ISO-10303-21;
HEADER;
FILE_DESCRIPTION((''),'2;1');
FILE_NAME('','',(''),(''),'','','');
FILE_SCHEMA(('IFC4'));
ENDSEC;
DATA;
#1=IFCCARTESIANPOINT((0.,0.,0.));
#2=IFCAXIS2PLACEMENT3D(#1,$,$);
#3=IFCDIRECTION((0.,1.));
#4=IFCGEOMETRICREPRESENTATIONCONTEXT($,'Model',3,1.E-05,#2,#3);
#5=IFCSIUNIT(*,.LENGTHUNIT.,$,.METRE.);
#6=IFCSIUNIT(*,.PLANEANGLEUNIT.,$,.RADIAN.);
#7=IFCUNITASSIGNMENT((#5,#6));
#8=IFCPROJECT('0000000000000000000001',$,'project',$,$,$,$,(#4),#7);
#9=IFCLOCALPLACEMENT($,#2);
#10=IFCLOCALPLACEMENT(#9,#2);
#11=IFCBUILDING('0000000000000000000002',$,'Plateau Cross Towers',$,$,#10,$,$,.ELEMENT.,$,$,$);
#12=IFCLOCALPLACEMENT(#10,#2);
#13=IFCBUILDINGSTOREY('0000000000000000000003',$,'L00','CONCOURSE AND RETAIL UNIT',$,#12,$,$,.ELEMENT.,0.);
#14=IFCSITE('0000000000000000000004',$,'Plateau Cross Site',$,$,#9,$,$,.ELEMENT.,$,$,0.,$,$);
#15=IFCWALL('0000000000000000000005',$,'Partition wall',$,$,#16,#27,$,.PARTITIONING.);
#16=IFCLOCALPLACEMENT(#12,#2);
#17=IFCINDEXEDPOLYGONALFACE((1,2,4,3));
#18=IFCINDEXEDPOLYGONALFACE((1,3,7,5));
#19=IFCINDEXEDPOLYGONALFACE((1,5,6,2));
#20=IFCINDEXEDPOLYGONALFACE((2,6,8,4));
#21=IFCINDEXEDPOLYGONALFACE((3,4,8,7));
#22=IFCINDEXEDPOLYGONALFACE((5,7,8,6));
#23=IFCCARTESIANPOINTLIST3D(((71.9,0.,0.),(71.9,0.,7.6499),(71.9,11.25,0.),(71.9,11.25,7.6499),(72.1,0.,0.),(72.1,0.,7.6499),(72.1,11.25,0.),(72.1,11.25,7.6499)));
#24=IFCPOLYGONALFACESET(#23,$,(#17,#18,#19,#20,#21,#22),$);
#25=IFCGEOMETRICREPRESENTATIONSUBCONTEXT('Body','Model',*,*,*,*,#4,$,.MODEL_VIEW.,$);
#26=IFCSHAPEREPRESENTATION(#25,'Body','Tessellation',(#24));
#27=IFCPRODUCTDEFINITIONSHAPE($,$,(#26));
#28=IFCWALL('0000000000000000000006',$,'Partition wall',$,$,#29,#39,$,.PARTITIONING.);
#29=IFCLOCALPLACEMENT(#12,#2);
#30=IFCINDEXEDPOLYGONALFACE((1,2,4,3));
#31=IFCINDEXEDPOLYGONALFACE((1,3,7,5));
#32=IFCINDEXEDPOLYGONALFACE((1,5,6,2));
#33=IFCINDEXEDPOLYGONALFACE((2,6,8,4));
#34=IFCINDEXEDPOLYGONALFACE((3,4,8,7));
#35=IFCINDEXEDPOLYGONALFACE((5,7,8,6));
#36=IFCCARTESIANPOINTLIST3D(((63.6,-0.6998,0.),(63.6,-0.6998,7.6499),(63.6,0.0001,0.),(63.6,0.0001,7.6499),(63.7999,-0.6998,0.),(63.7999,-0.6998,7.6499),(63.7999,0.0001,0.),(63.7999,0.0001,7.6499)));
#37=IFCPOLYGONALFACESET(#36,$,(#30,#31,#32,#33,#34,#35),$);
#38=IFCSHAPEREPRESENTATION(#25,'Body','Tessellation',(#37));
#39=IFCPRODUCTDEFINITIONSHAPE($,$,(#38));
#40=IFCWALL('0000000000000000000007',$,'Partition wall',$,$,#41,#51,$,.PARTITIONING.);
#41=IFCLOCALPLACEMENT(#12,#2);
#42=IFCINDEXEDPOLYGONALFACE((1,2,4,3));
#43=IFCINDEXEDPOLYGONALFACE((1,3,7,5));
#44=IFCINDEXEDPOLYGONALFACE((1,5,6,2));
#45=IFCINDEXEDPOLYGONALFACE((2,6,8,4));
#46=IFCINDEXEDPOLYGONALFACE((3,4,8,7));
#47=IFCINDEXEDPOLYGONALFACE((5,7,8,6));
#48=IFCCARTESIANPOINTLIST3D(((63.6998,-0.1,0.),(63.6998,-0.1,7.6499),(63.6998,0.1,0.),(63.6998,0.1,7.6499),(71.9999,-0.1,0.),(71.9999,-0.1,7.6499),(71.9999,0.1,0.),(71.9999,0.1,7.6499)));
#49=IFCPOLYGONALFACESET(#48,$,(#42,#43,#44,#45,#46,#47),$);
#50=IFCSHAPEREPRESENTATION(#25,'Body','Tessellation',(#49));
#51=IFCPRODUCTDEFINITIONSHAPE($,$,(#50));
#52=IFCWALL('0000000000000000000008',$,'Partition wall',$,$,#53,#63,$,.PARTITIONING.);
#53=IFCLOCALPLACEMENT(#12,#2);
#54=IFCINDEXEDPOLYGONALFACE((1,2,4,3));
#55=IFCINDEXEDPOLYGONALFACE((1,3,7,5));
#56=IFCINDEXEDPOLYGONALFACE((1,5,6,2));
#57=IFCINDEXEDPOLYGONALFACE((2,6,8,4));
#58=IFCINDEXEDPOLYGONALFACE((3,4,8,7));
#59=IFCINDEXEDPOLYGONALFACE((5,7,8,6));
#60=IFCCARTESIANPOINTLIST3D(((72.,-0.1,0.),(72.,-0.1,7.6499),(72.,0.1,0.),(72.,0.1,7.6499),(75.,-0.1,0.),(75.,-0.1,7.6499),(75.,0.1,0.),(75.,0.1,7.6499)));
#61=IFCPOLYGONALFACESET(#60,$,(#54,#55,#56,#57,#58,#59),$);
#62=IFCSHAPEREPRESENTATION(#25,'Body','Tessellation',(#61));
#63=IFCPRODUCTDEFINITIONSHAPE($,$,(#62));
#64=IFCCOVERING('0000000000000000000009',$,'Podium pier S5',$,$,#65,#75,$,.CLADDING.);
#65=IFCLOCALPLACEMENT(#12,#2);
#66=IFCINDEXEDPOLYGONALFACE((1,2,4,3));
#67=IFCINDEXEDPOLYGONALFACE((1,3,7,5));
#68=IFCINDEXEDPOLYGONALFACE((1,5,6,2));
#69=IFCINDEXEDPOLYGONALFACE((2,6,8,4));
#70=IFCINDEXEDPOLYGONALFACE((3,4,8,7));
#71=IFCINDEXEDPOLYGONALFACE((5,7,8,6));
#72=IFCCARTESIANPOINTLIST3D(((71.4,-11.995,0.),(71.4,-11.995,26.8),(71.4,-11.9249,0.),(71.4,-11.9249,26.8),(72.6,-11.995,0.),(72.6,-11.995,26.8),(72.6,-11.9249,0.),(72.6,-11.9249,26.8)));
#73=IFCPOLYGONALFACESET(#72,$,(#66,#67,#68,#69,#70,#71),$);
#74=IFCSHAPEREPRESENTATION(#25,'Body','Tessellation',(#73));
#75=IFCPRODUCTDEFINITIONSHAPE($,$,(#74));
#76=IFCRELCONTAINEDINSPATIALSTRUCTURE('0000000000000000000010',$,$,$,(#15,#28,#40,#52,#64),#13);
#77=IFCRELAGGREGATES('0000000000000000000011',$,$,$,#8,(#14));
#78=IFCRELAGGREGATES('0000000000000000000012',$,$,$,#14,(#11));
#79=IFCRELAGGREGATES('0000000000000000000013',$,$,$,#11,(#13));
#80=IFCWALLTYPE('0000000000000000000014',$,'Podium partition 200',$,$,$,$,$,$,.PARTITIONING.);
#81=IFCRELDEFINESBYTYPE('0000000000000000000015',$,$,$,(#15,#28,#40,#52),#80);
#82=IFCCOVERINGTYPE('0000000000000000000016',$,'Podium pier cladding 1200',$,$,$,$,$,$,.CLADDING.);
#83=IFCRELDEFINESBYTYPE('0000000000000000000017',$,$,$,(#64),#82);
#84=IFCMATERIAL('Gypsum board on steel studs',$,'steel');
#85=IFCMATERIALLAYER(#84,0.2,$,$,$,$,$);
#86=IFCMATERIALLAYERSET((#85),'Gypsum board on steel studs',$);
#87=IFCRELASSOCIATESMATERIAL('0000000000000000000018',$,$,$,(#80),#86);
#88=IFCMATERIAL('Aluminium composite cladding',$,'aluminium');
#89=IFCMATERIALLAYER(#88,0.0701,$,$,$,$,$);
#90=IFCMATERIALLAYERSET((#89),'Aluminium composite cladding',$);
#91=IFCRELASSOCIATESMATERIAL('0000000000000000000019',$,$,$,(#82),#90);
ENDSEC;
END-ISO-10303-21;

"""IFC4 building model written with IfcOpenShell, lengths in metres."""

from ifc_helpers import new_model, si_unit, direction, frame, frame_2d, origin, origin_2d, place, context, subcontext, project, spatial, rectangle, extrude, material, layer, layer_set, type_object, element, save


model = new_model("IFC4")

# Units and contexts
model_context = context("Model", 3, precision=1e-05, world=origin(), true_north=direction((0.0, 1.0)))
body_context = subcontext(model_context, "Body", "Model", "MODEL_VIEW")
ifc_project = project(units=[si_unit("LENGTHUNIT", "METRE"), si_unit("PLANEANGLEUNIT", "RADIAN")], contexts=[model_context])

# Site, building, storey
site_placement = place(None, origin())
site = spatial("IfcSite", under=ifc_project, at=site_placement, Name="Plateau Cross Site", CompositionType="ELEMENT", RefElevation=0.0)
building_placement = place(site_placement, origin())
building = spatial("IfcBuilding", under=site, at=building_placement, Name="Plateau Cross Towers", CompositionType="ELEMENT")
storey_placement = place(building_placement, origin())
storey = spatial("IfcBuildingStorey", under=building, at=storey_placement, Name="L00", Description="CONCOURSE AND RETAIL UNIT", CompositionType="ELEMENT", Elevation=0.0)

# Shared definitions
ifc_material_1 = material(Name="Gypsum board on steel studs", Category="steel")
ifc_layer_1 = layer(ifc_material_1, 0.2)
ifc_layer_set_1 = layer_set([ifc_layer_1], Name="Gypsum board on steel studs")
wall_type = type_object("IfcWallType", Name="Podium partition 200", PredefinedType="PARTITIONING", material=ifc_layer_set_1)

# Walls
wall_1_placement = place(storey_placement, frame((72.0, 0.0, 0.0), z_axis=(0.0, 0.0, 1.0), x_axis=(0.0, 1.0, 0.0)))
element("IfcWall", 1, at=wall_1_placement, inside=storey, type_object=wall_type, Name="Partition wall", PredefinedType="PARTITIONING", context=body_context, shape_type="SweptSolid", body=[
    extrude(rectangle(XDim=11.25, YDim=0.2, at=frame_2d((5.625, 0.0))), origin(), (0.0, 0.0, 1.0), 7.6499),
])
wall_2_placement = place(storey_placement, frame((63.7, -0.7, 0.0), z_axis=(0.0, 0.0, 1.0), x_axis=(0.0, 1.0, 0.0)))
element("IfcWall", 2, at=wall_2_placement, inside=storey, type_object=wall_type, Name="Partition wall", PredefinedType="PARTITIONING", context=body_context, shape_type="SweptSolid", body=[
    extrude(rectangle(XDim=0.7, YDim=0.2, at=frame_2d((0.3501, 0.0))), origin(), (0.0, 0.0, 1.0), 7.6499),
])
wall_3_placement = place(storey_placement, frame((63.7, 0.0, 0.0), z_axis=(0.0, 0.0, 1.0), x_axis=(1.0, 0.0, 0.0)))
element("IfcWall", 3, at=wall_3_placement, inside=storey, type_object=wall_type, Name="Partition wall", PredefinedType="PARTITIONING", context=body_context, shape_type="SweptSolid", body=[
    extrude(rectangle(XDim=8.3, YDim=0.2, at=frame_2d((4.1499, 0.0))), origin(), (0.0, 0.0, 1.0), 7.6499),
])
wall_4_placement = place(storey_placement, frame((72.0, 0.0, 0.0), z_axis=(0.0, 0.0, 1.0), x_axis=(1.0, 0.0, 0.0)))
element("IfcWall", 4, at=wall_4_placement, inside=storey, type_object=wall_type, Name="Partition wall", PredefinedType="PARTITIONING", context=body_context, shape_type="SweptSolid", body=[
    extrude(rectangle(XDim=3.0, YDim=0.2, at=frame_2d((1.5, 0.0))), origin(), (0.0, 0.0, 1.0), 7.6499),
])

# Covering
ifc_material_2 = material(Name="Aluminium composite cladding", Category="aluminium")
ifc_layer_2 = layer(ifc_material_2, 0.0701)
ifc_layer_set_2 = layer_set([ifc_layer_2], Name="Aluminium composite cladding")
covering_type = type_object("IfcCoveringType", Name="Podium pier cladding 1200", PredefinedType="CLADDING", material=ifc_layer_set_2)
covering_placement = place(storey_placement, frame((72.0, -11.96, 0.0), z_axis=(0.0, 0.0, 1.0), x_axis=(1.0, 0.0, 0.0)))
element("IfcCovering", 5, at=covering_placement, inside=storey, type_object=covering_type, Name="Podium pier S5", PredefinedType="CLADDING", context=body_context, shape_type="SweptSolid", body=[
    extrude(rectangle(XDim=1.2, YDim=0.0701, at=origin_2d()), origin(), (0.0, 0.0, 1.0), 26.8),
])

save(model, "model.ifc")
